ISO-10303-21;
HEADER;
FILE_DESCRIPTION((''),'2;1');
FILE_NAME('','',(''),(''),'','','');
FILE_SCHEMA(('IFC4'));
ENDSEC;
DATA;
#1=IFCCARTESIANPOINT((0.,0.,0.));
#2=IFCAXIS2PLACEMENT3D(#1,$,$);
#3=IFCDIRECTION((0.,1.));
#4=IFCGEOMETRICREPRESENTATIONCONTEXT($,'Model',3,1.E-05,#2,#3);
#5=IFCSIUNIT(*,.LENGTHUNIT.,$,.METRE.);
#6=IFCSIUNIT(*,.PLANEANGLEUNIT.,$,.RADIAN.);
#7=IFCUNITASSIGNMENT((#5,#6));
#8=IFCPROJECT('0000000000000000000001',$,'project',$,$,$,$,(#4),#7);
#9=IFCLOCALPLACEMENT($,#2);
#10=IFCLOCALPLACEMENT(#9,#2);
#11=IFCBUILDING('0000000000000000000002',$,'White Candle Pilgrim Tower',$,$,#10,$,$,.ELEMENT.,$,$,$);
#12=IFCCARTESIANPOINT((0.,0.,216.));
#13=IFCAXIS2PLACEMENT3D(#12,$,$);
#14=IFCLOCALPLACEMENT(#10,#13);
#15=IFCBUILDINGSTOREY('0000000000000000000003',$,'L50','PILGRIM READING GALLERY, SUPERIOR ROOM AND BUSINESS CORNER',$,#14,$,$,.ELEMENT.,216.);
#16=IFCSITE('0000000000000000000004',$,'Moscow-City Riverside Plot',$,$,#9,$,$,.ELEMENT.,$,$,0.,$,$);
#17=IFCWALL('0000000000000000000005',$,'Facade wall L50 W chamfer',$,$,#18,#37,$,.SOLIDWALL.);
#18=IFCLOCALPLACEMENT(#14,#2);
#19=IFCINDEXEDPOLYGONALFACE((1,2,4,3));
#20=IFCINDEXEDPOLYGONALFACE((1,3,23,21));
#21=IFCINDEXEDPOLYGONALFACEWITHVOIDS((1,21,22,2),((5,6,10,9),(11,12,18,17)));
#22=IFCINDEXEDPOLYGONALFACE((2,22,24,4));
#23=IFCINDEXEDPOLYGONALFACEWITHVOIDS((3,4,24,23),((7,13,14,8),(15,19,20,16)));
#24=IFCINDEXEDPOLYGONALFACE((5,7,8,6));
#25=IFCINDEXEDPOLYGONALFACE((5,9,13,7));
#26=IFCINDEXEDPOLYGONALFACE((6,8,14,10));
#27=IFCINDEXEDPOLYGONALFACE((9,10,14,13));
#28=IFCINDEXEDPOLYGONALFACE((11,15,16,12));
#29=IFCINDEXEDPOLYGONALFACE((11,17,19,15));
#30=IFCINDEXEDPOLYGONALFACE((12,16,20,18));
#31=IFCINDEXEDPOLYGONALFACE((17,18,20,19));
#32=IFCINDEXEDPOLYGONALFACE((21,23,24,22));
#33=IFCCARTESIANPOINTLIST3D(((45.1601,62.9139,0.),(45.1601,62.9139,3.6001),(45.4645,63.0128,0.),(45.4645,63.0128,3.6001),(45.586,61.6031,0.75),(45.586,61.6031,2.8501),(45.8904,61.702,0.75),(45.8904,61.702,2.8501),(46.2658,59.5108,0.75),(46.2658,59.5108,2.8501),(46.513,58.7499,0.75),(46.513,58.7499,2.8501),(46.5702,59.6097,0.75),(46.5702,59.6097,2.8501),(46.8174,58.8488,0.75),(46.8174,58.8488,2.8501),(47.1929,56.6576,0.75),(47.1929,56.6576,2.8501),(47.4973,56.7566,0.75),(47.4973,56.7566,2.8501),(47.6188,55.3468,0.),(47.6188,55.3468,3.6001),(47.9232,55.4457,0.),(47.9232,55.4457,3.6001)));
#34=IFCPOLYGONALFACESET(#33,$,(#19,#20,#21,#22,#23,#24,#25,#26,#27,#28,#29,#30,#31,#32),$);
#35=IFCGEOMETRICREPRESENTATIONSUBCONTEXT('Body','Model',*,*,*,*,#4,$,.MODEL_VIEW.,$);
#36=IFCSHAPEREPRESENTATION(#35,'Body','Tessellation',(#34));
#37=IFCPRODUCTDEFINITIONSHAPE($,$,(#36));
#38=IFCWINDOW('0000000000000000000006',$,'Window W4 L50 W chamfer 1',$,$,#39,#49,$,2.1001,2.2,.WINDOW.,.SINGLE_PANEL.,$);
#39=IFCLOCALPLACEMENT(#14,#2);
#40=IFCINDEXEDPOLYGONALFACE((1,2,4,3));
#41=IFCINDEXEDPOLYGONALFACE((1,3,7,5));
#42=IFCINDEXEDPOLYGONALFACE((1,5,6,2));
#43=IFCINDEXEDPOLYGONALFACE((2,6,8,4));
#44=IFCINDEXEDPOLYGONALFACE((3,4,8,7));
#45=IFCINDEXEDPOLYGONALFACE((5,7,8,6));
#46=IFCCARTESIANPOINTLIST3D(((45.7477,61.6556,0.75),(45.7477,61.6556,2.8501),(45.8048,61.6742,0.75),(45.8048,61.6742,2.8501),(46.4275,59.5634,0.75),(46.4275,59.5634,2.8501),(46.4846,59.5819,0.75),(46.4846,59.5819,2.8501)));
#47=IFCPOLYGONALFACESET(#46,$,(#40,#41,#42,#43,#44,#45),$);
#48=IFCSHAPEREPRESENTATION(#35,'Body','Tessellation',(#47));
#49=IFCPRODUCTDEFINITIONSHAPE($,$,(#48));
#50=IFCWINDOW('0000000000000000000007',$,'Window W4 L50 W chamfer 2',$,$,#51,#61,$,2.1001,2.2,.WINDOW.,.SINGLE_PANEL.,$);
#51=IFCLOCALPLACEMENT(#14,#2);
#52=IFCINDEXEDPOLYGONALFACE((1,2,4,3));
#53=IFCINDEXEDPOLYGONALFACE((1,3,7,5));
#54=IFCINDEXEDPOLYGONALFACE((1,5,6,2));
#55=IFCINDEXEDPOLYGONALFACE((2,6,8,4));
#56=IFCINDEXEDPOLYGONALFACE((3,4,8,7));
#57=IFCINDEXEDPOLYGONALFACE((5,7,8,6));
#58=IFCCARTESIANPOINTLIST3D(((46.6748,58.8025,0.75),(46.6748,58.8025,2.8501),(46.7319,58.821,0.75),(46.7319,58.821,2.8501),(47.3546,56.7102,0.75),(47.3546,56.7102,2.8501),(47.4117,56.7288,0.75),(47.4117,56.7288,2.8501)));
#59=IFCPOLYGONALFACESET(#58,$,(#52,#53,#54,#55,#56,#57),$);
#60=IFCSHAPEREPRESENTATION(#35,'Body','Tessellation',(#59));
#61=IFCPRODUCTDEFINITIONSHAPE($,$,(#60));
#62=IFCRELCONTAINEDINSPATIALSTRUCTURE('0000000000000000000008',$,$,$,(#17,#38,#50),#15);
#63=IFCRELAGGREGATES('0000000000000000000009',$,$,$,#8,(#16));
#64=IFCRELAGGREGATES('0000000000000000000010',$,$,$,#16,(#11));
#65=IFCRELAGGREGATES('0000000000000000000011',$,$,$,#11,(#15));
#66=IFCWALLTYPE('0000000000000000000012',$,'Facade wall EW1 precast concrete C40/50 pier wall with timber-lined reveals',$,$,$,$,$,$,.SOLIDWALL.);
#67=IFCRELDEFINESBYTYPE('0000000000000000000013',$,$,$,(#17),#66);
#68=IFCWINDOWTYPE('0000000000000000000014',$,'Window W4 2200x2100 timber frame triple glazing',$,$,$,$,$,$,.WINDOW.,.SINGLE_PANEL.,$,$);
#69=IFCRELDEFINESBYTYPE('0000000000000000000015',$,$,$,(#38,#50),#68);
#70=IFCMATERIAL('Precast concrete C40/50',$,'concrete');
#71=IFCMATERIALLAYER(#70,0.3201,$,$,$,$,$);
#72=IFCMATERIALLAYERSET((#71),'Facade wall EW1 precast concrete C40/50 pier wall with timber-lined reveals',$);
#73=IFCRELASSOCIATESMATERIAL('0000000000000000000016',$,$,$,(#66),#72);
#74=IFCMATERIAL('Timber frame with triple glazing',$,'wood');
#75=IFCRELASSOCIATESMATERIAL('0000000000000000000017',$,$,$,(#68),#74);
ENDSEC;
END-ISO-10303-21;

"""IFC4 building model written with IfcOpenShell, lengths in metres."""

from ifc_helpers import new_model, si_unit, direction, frame, frame_2d, origin, place, context, subcontext, project, spatial, rectangle, extrude, material, layer, layer_set, type_object, element, fill, save


model = new_model("IFC4")

# Units and contexts
model_context = context("Model", 3, precision=1e-05, world=origin(), true_north=direction((0.0, 1.0)))
body_context = subcontext(model_context, "Body", "Model", "MODEL_VIEW")
ifc_project = project(units=[si_unit("LENGTHUNIT", "METRE"), si_unit("PLANEANGLEUNIT", "RADIAN")], contexts=[model_context])

# Site, building, storey
site_placement = place(None, origin())
site = spatial("IfcSite", under=ifc_project, at=site_placement, Name="Moscow-City Riverside Plot", CompositionType="ELEMENT", RefElevation=0.0)
building_placement = place(site_placement, origin())
building = spatial("IfcBuilding", under=site, at=building_placement, Name="White Candle Pilgrim Tower", CompositionType="ELEMENT")
storey_placement = place(building_placement, frame((0.0, 0.0, 216.0)))
storey = spatial("IfcBuildingStorey", under=building, at=storey_placement, Name="L50", Description="PILGRIM READING GALLERY, SUPERIOR ROOM AND BUSINESS CORNER", CompositionType="ELEMENT", Elevation=216.0)

# Wall, openings, windows
ifc_material_1 = material(Name="Precast concrete C40/50", Category="concrete")
ifc_layer_1 = layer(ifc_material_1, 0.3201)
ifc_layer_set_1 = layer_set([ifc_layer_1], Name="Facade wall EW1 precast concrete C40/50 pier wall with timber-lined reveals")
wall_type_1 = type_object("IfcWallType", Name="Facade wall EW1 precast concrete C40/50 pier wall with timber-lined reveals", PredefinedType="SOLIDWALL", material=ifc_layer_set_1)
wall_1_placement = place(storey_placement, frame((45.3123, 62.9634, 0.0), z_axis=(0.0, 0.0, 1.0), x_axis=(0.30902, -0.951055, 0.0)))
wall_1 = element("IfcWall", 1, at=wall_1_placement, inside=storey, type_object=wall_type_1, Name="Facade wall L50 W chamfer", PredefinedType="SOLIDWALL", context=body_context, shape_type="SweptSolid", body=[
    extrude(rectangle(XDim=7.9565, YDim=0.3201, at=frame_2d((3.9783, 0.0))), origin(), (0.0, 0.0, 1.0), 3.6001),
])
opening_1_placement = place(wall_1_placement, frame((1.3782, 0.0, 0.75)))
opening_1 = element("IfcOpeningElement", 2, at=opening_1_placement, cuts=wall_1, PredefinedType="OPENING", context=body_context, shape_type="SweptSolid", body=[
    extrude(rectangle(XDim=2.2, YDim=2.1001, at=frame_2d((1.1001, 1.05))), frame((0.0, 0.1699, 0.0), z_axis=(0.0, -1.0, 0.0), x_axis=(1.0, 0.0, 0.0)), (0.0, 0.0, 1.0), 0.3401),
])
opening_2_placement = place(wall_1_placement, frame((4.3782, 0.0, 0.75)))
opening_2 = element("IfcOpeningElement", 3, at=opening_2_placement, cuts=wall_1, PredefinedType="OPENING", context=body_context, shape_type="SweptSolid", body=[
    extrude(rectangle(XDim=2.2, YDim=2.1001, at=frame_2d((1.1001, 1.05))), frame((0.0, 0.1699, 0.0), z_axis=(0.0, -1.0, 0.0), x_axis=(1.0, 0.0, 0.0)), (0.0, 0.0, 1.0), 0.3401),
])
ifc_material_2 = material(Name="Timber frame with triple glazing", Category="wood")
window_type_1 = type_object("IfcWindowType", Name="Window W4 2200x2100 timber frame triple glazing", PartitioningType="SINGLE_PANEL", PredefinedType="WINDOW", material=ifc_material_2)
window_1_placement = place(opening_1_placement, origin())
window_1 = element("IfcWindow", 4, at=window_1_placement, inside=storey, type_object=window_type_1, Name="Window W4 L50 W chamfer 1", OverallHeight=2.1001, OverallWidth=2.2, PartitioningType="SINGLE_PANEL", PredefinedType="WINDOW", context=body_context, shape_type="SweptSolid", body=[
    extrude(rectangle(XDim=2.2, YDim=2.1001, at=frame_2d((1.1001, 1.05))), frame((0.0, 0.0701, 0.0), z_axis=(0.0, -1.0, 0.0), x_axis=(1.0, 0.0, 0.0)), (0.0, 0.0, 1.0), 0.0601),
])
fill(opening_1, window_1)
window_2_placement = place(opening_2_placement, origin())
window_2 = element("IfcWindow", 5, at=window_2_placement, inside=storey, type_object=window_type_1, Name="Window W4 L50 W chamfer 2", OverallHeight=2.1001, OverallWidth=2.2, PartitioningType="SINGLE_PANEL", PredefinedType="WINDOW", context=body_context, shape_type="SweptSolid", body=[
    extrude(rectangle(XDim=2.2, YDim=2.1001, at=frame_2d((1.1001, 1.05))), frame((0.0, 0.0701, 0.0), z_axis=(0.0, -1.0, 0.0), x_axis=(1.0, 0.0, 0.0)), (0.0, 0.0, 1.0), 0.0601),
])
fill(opening_2, window_2)

save(model, "model.ifc")
